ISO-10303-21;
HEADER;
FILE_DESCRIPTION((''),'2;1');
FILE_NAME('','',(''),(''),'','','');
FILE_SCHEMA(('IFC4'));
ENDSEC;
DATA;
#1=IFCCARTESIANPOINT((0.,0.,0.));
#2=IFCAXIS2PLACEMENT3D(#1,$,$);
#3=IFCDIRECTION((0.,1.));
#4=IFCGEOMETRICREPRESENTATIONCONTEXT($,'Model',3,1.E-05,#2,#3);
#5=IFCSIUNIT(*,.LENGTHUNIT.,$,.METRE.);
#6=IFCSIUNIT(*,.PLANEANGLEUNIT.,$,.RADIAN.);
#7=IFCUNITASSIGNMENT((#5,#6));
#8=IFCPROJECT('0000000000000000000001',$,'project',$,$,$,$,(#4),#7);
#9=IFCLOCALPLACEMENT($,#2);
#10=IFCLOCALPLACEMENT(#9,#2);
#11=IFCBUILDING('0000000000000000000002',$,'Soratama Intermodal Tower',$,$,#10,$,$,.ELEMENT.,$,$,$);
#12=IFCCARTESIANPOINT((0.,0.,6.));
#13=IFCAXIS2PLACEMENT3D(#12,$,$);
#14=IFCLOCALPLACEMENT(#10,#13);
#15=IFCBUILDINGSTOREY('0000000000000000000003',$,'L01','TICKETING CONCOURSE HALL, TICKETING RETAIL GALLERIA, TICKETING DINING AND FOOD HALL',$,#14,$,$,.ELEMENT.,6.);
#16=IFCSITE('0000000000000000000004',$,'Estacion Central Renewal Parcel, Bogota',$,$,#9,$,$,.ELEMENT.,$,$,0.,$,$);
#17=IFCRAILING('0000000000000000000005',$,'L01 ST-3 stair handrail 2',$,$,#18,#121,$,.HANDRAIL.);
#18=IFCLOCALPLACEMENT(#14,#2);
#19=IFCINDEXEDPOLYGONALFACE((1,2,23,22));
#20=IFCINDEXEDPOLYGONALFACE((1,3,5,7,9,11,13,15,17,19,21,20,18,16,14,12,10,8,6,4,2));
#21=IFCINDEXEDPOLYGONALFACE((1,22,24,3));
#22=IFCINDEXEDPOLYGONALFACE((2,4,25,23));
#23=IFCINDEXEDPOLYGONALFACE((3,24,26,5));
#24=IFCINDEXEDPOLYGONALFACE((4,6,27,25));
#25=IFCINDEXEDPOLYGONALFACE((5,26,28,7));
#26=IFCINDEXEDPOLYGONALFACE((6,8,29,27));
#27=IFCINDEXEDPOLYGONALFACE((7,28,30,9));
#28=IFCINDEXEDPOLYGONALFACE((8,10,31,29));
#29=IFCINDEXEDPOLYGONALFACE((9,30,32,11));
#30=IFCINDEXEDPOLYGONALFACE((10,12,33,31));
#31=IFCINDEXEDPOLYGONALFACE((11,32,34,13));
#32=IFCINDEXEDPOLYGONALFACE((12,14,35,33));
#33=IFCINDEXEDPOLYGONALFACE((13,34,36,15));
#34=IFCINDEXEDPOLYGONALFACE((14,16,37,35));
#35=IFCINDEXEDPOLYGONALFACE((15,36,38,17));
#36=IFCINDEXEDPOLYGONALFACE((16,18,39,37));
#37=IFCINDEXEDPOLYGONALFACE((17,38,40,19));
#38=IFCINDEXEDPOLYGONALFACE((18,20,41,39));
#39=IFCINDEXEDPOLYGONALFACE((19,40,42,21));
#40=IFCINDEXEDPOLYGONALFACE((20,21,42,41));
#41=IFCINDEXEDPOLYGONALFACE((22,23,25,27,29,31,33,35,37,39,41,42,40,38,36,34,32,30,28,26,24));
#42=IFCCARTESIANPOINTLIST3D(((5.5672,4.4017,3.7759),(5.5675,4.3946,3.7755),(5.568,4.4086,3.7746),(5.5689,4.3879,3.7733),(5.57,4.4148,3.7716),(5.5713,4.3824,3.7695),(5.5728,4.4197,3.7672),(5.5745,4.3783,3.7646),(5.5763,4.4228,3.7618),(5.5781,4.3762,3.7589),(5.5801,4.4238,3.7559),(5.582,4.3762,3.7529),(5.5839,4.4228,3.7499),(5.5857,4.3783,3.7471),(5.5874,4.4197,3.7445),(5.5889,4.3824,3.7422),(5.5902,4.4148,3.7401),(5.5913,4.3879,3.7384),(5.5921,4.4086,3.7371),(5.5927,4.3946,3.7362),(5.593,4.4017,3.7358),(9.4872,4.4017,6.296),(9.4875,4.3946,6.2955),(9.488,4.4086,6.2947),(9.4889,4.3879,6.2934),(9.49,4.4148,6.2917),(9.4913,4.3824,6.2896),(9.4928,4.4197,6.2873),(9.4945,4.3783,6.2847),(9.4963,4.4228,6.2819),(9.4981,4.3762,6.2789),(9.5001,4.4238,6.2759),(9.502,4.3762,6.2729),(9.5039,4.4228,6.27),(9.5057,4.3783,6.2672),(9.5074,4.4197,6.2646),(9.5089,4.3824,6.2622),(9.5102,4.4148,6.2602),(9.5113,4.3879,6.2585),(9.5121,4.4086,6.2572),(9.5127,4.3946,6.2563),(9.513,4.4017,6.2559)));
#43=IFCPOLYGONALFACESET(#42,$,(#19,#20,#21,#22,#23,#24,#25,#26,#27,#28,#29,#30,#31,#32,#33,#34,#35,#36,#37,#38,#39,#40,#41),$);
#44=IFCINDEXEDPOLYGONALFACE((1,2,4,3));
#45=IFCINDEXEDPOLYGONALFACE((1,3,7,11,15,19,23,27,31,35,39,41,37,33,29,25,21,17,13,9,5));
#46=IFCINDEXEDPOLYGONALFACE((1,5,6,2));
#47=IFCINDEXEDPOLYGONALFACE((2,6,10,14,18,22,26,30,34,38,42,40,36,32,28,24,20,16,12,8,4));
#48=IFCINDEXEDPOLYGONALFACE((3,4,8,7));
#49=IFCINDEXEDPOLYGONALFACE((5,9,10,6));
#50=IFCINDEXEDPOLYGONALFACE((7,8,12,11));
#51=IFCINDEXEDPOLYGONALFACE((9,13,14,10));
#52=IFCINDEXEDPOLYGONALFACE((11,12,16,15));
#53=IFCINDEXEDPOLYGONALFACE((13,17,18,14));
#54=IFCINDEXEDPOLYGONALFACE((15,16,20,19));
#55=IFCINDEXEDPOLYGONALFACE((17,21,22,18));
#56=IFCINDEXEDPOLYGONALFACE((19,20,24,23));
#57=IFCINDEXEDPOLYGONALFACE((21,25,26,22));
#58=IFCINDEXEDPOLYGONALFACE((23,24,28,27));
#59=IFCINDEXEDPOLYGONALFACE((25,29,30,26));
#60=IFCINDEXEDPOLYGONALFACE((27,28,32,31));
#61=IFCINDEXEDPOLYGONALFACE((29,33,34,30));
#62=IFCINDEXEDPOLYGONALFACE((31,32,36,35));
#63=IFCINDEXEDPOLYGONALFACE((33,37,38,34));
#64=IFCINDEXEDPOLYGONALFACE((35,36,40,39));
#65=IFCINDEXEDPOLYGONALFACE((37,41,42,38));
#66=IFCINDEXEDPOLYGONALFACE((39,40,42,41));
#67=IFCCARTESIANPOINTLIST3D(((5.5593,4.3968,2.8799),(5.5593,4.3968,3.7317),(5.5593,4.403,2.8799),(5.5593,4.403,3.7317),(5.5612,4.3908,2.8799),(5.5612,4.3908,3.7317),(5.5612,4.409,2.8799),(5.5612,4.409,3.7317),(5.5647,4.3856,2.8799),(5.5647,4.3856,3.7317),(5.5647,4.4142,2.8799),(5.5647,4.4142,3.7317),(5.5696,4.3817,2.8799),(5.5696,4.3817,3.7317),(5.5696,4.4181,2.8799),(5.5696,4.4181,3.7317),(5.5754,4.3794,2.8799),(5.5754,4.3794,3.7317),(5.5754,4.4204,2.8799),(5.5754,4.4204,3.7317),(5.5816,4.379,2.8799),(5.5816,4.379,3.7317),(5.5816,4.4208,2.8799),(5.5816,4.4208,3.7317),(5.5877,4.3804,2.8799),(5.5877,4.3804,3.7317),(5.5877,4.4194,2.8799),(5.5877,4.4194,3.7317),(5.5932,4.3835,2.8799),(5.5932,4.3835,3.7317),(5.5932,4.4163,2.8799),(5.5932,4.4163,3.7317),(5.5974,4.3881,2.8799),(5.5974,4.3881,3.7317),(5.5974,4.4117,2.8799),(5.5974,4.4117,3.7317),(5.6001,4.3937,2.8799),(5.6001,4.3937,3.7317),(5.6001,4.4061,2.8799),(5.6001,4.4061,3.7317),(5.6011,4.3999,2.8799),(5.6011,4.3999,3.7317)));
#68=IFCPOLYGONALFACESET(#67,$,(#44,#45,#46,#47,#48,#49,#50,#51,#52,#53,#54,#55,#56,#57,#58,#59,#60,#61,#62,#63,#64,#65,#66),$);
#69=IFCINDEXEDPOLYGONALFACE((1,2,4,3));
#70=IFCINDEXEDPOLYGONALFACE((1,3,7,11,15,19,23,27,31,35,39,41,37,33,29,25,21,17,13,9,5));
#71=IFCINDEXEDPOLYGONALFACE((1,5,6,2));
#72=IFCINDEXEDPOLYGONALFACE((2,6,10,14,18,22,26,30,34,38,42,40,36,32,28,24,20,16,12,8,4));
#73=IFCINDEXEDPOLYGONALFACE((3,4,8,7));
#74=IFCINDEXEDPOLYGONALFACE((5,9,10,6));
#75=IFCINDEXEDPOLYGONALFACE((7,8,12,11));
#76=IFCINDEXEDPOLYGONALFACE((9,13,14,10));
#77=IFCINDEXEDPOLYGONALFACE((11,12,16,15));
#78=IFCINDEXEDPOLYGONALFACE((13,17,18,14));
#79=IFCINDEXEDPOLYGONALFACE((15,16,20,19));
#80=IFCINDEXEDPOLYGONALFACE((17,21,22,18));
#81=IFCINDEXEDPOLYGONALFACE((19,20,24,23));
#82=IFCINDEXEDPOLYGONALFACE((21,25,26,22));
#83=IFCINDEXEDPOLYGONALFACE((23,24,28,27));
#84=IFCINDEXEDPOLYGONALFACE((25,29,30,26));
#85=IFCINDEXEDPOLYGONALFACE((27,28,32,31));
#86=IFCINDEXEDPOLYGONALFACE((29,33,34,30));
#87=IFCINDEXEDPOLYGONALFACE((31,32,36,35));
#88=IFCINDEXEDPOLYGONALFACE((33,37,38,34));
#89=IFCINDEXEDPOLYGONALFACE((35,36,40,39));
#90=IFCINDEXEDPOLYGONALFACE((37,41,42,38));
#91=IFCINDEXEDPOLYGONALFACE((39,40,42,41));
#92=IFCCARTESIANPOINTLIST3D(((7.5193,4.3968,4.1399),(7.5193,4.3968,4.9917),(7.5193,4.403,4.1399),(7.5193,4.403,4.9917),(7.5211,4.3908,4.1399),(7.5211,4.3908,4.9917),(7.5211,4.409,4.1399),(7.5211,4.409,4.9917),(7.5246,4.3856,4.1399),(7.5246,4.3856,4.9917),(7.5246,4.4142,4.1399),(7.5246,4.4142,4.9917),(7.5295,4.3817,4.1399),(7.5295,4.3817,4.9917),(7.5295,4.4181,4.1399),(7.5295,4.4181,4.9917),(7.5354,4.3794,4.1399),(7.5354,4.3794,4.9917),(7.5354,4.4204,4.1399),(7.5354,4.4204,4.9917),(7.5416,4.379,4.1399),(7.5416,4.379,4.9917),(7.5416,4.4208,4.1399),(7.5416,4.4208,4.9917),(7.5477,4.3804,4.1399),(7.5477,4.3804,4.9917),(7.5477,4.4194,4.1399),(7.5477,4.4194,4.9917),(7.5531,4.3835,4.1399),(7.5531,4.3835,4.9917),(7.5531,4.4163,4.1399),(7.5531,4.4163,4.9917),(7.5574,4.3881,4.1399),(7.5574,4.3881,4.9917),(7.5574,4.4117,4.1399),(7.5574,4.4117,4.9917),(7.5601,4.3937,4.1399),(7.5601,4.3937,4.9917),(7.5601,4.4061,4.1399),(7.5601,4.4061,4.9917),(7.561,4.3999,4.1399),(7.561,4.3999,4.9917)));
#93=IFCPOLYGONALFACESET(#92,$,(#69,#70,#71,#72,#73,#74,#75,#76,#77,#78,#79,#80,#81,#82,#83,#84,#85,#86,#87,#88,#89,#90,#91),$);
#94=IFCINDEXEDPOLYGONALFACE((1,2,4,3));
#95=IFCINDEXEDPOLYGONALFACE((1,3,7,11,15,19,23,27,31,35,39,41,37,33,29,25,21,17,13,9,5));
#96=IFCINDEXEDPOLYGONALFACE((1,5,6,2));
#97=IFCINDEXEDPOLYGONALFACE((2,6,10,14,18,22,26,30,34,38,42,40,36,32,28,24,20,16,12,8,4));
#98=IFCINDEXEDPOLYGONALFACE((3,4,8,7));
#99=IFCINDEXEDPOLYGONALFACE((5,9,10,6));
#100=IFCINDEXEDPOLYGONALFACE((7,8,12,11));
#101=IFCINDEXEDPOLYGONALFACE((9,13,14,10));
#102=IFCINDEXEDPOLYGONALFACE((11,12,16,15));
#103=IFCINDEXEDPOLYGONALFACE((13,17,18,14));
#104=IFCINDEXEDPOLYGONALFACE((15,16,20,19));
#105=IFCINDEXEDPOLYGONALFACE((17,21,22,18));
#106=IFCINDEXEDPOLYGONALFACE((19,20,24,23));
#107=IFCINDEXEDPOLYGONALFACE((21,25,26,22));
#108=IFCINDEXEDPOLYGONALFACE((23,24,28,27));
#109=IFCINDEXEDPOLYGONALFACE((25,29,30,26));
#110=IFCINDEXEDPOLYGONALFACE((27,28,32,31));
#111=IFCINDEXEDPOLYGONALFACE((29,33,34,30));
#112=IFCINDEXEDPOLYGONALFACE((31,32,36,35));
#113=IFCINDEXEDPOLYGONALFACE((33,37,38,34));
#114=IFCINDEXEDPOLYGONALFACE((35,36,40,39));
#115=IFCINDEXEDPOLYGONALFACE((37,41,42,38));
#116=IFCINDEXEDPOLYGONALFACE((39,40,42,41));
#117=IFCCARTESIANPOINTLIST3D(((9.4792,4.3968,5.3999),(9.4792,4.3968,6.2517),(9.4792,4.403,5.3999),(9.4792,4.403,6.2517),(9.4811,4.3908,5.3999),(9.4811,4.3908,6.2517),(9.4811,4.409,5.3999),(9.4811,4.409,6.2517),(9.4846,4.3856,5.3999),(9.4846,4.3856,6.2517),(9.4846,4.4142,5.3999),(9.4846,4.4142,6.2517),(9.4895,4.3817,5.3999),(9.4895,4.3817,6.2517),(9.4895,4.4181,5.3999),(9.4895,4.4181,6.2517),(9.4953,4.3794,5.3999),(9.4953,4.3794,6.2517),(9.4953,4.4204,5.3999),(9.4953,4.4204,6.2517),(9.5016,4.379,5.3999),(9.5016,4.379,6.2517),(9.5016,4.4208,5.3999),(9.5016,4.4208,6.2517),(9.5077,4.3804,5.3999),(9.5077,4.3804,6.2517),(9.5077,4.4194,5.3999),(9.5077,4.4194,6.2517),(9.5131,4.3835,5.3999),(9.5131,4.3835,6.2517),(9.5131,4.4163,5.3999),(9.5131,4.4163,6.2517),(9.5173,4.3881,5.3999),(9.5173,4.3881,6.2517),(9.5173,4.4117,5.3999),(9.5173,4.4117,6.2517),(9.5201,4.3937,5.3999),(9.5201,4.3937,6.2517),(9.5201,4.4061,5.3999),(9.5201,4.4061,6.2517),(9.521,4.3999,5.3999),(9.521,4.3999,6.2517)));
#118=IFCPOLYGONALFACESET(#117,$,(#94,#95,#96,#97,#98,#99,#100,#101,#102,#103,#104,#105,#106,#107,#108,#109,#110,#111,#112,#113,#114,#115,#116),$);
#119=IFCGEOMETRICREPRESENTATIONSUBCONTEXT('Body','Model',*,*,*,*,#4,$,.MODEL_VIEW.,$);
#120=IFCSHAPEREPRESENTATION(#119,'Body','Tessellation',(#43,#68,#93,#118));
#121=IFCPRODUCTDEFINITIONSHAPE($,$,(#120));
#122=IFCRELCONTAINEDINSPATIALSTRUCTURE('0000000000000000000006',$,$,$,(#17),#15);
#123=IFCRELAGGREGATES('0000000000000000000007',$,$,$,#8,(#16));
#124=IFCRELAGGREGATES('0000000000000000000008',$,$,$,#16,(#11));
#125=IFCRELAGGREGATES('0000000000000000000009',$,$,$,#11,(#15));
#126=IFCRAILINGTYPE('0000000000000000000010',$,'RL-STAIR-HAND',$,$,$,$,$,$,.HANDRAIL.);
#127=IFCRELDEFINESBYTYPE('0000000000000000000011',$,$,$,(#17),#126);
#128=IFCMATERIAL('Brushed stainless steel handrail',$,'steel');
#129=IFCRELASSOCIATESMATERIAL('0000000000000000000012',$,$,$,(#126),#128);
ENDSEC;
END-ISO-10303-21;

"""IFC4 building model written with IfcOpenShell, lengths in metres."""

from ifc_helpers import new_model, si_unit, direction, frame, origin, origin_2d, place, context, subcontext, project, spatial, circle, extrude, material, type_object, element, save


model = new_model("IFC4")

# Units and contexts
model_context = context("Model", 3, precision=1e-05, world=origin(), true_north=direction((0.0, 1.0)))
body_context = subcontext(model_context, "Body", "Model", "MODEL_VIEW")
ifc_project = project(units=[si_unit("LENGTHUNIT", "METRE"), si_unit("PLANEANGLEUNIT", "RADIAN")], contexts=[model_context])

# Site, building, storey
site_placement = place(None, origin())
site = spatial("IfcSite", under=ifc_project, at=site_placement, Name="Estacion Central Renewal Parcel, Bogota", CompositionType="ELEMENT", RefElevation=0.0)
building_placement = place(site_placement, origin())
building = spatial("IfcBuilding", under=site, at=building_placement, Name="Soratama Intermodal Tower", CompositionType="ELEMENT")
storey_placement = place(building_placement, frame((0.0, 0.0, 6.0)))
storey = spatial("IfcBuildingStorey", under=building, at=storey_placement, Name="L01", Description="TICKETING CONCOURSE HALL, TICKETING RETAIL GALLERIA, TICKETING DINING AND FOOD HALL", CompositionType="ELEMENT", Elevation=6.0)

# Railing
ifc_material_1 = material(Name="Brushed stainless steel handrail", Category="steel")
railing_type_1 = type_object("IfcRailingType", Name="RL-STAIR-HAND", PredefinedType="HANDRAIL", material=ifc_material_1)
railing_1_placement = place(storey_placement, frame((5.5801, 4.3999, 2.8799)))
element("IfcRailing", 1, at=railing_1_placement, inside=storey, type_object=railing_type_1, Name="L01 ST-3 stair handrail 2", PredefinedType="HANDRAIL", context=body_context, shape_type="SweptSolid", body=[
    extrude(circle(Radius=0.0239, at=origin_2d()), frame((0.0, 0.0, 0.876), z_axis=(0.841172, 0.0, 0.540768), x_axis=(0.0, 1.0, 0.0)), (0.0, 0.0, 1.0), 4.6602),
    extrude(circle(Radius=0.021, at=origin_2d()), origin(), (0.0, 0.0, 1.0), 0.8518),
    extrude(circle(Radius=0.021, at=origin_2d()), frame((1.96, 0.0, 1.26)), (0.0, 0.0, 1.0), 0.8518),
    extrude(circle(Radius=0.021, at=origin_2d()), frame((3.9199, 0.0, 2.52)), (0.0, 0.0, 1.0), 0.8518),
])

save(model, "model.ifc")
